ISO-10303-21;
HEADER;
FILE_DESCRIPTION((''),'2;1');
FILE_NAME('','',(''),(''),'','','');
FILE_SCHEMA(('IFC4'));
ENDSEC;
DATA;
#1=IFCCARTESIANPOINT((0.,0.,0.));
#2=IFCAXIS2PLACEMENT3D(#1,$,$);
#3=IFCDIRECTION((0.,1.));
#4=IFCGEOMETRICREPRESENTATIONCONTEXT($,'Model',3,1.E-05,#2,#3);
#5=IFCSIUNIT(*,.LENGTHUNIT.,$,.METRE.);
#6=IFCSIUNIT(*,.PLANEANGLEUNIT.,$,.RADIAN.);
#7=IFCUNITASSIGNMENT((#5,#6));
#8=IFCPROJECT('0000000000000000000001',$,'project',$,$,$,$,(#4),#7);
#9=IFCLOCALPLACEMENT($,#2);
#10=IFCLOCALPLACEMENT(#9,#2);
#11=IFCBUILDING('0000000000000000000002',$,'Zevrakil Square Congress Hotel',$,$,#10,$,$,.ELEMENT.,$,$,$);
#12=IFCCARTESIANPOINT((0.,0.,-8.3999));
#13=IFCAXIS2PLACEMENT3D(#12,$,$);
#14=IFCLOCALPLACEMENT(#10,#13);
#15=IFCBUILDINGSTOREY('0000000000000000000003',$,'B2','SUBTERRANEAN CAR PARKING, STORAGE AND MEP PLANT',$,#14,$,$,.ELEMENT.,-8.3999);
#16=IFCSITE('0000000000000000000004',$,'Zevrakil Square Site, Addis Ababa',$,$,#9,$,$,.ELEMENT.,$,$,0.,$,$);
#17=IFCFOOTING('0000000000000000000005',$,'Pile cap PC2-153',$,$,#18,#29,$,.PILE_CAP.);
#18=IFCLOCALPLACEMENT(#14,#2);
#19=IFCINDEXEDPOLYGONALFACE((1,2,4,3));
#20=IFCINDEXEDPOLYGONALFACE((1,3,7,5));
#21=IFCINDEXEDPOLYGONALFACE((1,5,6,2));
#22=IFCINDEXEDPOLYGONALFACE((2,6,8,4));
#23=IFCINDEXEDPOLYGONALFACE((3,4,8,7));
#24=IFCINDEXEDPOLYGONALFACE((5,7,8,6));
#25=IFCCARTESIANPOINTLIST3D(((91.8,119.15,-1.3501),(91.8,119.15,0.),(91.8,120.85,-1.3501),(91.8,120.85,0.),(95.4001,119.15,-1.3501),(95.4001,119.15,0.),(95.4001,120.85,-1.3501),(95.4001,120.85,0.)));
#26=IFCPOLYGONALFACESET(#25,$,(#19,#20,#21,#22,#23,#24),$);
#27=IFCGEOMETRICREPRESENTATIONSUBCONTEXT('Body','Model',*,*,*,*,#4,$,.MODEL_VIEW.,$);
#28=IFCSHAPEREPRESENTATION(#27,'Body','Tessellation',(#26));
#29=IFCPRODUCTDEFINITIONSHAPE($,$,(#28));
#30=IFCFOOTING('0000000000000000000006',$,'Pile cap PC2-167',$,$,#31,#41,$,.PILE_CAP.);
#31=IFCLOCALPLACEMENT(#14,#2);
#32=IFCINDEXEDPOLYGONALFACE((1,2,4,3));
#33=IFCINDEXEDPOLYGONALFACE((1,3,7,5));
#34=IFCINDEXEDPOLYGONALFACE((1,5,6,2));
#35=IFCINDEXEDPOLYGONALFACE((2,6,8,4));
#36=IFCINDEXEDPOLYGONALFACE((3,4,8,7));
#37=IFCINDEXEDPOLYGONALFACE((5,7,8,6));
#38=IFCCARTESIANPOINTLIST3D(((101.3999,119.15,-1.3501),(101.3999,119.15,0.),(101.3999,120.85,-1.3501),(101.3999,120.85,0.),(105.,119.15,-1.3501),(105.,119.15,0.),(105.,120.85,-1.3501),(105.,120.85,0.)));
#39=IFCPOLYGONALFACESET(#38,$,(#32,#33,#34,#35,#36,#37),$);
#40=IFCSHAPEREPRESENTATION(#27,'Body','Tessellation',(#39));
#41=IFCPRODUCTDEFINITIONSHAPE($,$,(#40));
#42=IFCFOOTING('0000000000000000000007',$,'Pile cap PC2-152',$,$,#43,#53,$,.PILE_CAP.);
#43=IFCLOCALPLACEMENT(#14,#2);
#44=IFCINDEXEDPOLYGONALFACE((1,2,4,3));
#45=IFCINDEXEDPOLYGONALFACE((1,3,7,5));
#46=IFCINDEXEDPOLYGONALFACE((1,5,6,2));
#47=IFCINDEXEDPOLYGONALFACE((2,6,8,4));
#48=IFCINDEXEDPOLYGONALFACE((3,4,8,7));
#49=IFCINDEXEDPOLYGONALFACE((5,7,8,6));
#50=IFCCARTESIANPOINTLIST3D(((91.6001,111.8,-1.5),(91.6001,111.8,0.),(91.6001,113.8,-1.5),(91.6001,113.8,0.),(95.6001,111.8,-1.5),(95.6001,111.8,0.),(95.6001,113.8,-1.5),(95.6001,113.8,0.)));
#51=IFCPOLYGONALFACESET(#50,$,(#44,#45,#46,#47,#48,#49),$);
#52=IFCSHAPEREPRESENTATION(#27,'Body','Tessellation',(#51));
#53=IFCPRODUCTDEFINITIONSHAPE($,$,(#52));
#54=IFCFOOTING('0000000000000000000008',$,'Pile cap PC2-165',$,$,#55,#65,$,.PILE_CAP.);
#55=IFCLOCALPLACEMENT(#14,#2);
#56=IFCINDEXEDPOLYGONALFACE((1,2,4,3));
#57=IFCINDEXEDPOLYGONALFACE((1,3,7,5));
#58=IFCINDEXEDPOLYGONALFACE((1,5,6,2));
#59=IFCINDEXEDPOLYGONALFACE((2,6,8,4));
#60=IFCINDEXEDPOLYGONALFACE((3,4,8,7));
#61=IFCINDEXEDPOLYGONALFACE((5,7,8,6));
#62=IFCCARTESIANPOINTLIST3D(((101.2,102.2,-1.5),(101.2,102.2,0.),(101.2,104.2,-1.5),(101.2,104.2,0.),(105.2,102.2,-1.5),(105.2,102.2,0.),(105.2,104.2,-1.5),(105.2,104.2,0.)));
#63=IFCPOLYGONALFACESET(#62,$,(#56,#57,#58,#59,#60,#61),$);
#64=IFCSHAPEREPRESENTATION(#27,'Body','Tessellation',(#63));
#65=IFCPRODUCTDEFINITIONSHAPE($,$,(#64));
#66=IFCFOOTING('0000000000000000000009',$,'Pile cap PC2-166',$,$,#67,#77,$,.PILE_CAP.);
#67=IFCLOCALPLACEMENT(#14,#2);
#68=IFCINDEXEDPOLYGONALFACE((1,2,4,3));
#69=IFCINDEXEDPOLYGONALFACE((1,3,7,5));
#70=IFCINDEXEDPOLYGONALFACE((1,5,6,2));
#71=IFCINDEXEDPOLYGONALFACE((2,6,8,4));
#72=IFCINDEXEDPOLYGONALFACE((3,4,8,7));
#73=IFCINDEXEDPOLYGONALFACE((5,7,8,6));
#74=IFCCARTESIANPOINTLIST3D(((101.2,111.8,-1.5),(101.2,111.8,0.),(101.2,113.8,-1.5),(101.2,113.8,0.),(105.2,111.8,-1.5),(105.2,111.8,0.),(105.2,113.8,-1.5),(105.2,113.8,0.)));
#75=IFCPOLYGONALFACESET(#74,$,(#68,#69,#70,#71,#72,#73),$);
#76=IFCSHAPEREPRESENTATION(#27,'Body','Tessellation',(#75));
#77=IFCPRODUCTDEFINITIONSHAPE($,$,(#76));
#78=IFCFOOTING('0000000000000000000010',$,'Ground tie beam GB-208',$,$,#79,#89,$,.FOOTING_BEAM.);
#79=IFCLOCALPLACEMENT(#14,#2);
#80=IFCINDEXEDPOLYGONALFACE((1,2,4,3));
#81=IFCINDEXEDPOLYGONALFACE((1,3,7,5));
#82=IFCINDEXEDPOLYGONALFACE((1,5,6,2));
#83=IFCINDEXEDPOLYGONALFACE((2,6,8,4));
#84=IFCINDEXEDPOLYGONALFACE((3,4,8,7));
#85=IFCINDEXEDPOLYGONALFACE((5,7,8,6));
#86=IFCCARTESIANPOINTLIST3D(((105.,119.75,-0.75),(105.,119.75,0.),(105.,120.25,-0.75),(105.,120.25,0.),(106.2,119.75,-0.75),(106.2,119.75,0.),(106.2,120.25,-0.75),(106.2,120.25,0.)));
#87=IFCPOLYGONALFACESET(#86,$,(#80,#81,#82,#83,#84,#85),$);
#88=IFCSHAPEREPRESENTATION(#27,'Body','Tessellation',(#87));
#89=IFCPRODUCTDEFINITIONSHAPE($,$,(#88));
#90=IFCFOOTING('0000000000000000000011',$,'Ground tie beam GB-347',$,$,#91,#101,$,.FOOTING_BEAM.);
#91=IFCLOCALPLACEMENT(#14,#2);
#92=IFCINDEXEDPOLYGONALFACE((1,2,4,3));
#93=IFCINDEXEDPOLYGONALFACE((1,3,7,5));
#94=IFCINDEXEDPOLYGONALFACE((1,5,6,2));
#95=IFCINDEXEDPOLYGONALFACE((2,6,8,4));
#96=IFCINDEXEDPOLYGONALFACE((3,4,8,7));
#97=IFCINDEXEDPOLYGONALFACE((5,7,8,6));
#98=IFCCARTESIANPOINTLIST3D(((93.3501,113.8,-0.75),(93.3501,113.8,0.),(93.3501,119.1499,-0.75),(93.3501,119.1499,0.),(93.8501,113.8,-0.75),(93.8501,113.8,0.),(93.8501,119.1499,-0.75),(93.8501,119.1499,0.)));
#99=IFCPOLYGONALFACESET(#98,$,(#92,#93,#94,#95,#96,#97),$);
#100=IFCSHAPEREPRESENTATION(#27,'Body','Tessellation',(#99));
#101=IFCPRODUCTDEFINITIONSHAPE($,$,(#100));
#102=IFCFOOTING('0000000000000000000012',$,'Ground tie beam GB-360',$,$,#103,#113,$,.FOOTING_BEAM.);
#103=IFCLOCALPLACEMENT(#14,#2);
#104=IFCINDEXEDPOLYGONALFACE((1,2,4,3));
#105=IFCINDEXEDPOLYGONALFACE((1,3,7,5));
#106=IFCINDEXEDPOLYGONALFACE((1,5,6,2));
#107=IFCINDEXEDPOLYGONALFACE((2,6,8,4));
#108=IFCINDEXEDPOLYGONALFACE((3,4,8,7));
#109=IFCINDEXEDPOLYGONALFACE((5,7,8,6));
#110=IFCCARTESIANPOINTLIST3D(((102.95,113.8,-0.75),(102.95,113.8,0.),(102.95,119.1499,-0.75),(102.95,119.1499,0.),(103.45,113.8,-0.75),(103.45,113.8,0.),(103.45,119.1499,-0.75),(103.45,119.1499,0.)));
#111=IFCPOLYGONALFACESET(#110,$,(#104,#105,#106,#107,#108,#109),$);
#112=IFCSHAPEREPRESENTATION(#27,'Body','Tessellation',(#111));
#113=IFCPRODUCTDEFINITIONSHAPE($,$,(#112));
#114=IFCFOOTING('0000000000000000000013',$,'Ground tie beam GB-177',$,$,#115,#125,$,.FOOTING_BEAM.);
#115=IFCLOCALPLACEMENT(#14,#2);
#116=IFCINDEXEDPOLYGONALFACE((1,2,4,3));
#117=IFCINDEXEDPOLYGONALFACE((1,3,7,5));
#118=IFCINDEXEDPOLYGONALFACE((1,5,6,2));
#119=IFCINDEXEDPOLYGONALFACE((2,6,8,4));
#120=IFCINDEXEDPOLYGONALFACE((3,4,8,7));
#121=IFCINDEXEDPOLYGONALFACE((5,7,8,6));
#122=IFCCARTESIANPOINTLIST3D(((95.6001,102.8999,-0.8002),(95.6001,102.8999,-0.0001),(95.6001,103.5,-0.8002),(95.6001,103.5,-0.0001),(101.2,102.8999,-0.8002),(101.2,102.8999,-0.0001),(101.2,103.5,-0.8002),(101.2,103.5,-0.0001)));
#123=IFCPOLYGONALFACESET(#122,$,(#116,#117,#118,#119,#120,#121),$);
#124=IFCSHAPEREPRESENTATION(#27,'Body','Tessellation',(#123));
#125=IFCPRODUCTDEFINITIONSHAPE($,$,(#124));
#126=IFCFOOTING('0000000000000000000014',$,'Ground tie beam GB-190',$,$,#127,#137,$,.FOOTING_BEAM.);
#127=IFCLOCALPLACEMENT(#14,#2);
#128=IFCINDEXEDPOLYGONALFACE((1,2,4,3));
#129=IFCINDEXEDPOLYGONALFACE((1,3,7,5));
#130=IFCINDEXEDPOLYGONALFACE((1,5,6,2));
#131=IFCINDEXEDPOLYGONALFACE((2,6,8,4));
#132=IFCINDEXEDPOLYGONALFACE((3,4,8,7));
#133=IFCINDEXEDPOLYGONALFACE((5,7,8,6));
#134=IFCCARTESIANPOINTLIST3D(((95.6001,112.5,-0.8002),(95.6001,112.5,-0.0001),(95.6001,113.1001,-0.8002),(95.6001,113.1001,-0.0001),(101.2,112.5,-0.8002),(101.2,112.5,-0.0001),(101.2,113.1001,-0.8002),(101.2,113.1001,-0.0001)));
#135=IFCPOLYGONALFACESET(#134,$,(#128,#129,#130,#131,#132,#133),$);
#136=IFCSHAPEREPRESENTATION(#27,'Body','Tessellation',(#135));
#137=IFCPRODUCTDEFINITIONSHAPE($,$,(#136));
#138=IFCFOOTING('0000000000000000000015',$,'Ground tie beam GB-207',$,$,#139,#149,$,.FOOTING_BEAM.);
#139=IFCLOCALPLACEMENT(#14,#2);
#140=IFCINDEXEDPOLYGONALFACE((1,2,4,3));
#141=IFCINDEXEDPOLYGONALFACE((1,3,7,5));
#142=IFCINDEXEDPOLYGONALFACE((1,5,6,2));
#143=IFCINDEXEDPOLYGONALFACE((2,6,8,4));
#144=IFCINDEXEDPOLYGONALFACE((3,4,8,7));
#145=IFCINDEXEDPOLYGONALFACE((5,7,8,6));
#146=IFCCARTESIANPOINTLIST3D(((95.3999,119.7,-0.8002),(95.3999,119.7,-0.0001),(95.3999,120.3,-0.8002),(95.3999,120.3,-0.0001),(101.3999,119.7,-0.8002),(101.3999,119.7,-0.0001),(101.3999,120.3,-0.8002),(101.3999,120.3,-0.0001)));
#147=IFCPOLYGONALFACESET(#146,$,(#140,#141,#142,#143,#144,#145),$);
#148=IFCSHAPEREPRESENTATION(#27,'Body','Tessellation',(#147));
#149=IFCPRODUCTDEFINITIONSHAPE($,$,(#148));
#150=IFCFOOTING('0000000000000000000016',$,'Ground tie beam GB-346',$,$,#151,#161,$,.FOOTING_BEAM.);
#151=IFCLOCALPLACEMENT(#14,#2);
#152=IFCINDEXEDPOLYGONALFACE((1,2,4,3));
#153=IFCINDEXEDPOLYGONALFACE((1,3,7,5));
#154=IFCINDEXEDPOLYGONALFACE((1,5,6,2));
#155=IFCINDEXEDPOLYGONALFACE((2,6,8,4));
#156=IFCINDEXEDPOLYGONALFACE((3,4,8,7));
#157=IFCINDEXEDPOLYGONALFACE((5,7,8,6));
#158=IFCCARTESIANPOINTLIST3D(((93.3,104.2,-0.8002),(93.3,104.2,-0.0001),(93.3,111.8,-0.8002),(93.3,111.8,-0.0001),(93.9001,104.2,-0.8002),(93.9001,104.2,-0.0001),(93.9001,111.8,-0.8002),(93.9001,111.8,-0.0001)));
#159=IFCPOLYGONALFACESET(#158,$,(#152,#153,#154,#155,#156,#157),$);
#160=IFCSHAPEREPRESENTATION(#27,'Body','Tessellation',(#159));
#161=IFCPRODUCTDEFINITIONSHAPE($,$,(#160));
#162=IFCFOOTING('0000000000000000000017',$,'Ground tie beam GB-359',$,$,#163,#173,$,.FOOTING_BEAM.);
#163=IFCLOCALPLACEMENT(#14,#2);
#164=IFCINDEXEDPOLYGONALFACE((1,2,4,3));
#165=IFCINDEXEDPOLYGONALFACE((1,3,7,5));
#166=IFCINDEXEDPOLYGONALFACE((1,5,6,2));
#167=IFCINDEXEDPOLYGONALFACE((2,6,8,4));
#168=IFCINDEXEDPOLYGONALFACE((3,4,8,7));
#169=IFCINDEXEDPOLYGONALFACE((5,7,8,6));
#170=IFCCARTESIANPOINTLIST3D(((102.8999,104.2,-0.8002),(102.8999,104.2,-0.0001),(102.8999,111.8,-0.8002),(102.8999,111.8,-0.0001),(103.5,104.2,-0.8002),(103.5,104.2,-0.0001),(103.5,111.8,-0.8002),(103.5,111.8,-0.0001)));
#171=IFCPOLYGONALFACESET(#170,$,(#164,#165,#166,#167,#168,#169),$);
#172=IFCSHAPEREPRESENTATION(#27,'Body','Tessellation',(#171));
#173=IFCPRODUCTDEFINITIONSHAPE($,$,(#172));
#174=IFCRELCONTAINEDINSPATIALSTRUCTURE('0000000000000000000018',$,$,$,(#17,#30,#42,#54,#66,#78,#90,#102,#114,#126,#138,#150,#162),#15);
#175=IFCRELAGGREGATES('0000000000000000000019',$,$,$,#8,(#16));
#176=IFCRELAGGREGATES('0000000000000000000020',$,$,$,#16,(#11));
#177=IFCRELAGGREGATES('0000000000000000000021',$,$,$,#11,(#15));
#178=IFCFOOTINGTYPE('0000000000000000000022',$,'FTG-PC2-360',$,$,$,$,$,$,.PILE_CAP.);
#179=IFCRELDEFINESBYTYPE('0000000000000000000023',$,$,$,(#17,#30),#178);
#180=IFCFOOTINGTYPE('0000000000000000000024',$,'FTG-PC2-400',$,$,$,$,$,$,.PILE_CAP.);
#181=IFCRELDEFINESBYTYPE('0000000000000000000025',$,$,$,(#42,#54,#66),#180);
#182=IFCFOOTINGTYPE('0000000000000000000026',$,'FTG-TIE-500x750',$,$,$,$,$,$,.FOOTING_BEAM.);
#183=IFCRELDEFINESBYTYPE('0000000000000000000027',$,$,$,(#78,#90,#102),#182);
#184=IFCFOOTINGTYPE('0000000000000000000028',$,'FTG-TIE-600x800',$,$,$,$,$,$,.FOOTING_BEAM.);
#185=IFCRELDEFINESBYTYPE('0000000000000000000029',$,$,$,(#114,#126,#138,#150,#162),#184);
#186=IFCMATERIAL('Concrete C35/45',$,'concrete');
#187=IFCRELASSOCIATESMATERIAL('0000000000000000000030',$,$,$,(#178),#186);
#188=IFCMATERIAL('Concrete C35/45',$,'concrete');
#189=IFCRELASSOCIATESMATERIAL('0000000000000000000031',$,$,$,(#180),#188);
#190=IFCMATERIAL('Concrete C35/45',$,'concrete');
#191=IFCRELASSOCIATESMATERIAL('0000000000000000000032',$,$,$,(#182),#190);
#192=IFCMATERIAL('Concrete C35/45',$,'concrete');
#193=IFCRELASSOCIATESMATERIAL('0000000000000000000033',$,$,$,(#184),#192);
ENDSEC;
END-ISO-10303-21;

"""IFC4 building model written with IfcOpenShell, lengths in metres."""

from ifc_helpers import new_model, si_unit, direction, frame, origin, origin_2d, place, context, subcontext, project, spatial, rectangle, extrude, material, material_profile, profile_set, type_object, element, save


model = new_model("IFC4")

# Units and contexts
model_context = context("Model", 3, precision=1e-05, world=origin(), true_north=direction((0.0, 1.0)))
body_context = subcontext(model_context, "Body", "Model", "MODEL_VIEW")
ifc_project = project(units=[si_unit("LENGTHUNIT", "METRE"), si_unit("PLANEANGLEUNIT", "RADIAN")], contexts=[model_context])

# Site, building, storey
site_placement = place(None, origin())
site = spatial("IfcSite", under=ifc_project, at=site_placement, Name="Zevrakil Square Site, Addis Ababa", CompositionType="ELEMENT", RefElevation=0.0)
building_placement = place(site_placement, origin())
building = spatial("IfcBuilding", under=site, at=building_placement, Name="Zevrakil Square Congress Hotel", CompositionType="ELEMENT")
storey_placement = place(building_placement, frame((0.0, 0.0, -8.3999)))
storey = spatial("IfcBuildingStorey", under=building, at=storey_placement, Name="B2", Description="SUBTERRANEAN CAR PARKING, STORAGE AND MEP PLANT", CompositionType="ELEMENT", Elevation=-8.3999)

# Footings
ifc_material_1 = material(Name="Concrete C35/45", Category="concrete")
footing_type_1 = type_object("IfcFootingType", Name="FTG-PC2-360", PredefinedType="PILE_CAP", material=ifc_material_1)
for number, where, z_axis, x_axis, name in (
    (1, (93.6001, 120.0, -1.3501), (0.0, 0.0, 1.0), (1.0, 0.0, 0.0), "Pile cap PC2-153"),
    (2, (103.2, 120.0, -1.3501), (0.0, 0.0, 1.0), (1.0, 0.0, 0.0), "Pile cap PC2-167"),
):
    element("IfcFooting", number, at=place(storey_placement, frame(where, z_axis=z_axis, x_axis=x_axis)), inside=storey, type_object=footing_type_1, Name=name, PredefinedType="PILE_CAP", context=body_context, shape_type="SweptSolid", body=[
        extrude(rectangle(XDim=3.6001, YDim=1.7, at=origin_2d()), origin(), (0.0, 0.0, 1.0), 1.3501),
    ])
ifc_material_2 = material(Name="Concrete C35/45", Category="concrete")
footing_type_2 = type_object("IfcFootingType", Name="FTG-PC2-400", PredefinedType="PILE_CAP", material=ifc_material_2)
for number, where, z_axis, x_axis, name in (
    (3, (93.6001, 112.8, -1.5), (0.0, 0.0, 1.0), (1.0, 0.0, 0.0), "Pile cap PC2-152"),
    (4, (103.2, 103.2, -1.5), (0.0, 0.0, 1.0), (1.0, 0.0, 0.0), "Pile cap PC2-165"),
    (5, (103.2, 112.8, -1.5), (0.0, 0.0, 1.0), (1.0, 0.0, 0.0), "Pile cap PC2-166"),
):
    element("IfcFooting", number, at=place(storey_placement, frame(where, z_axis=z_axis, x_axis=x_axis)), inside=storey, type_object=footing_type_2, Name=name, PredefinedType="PILE_CAP", context=body_context, shape_type="SweptSolid", body=[
        extrude(rectangle(XDim=4.0, YDim=2.0, at=origin_2d()), origin(), (0.0, 0.0, 1.0), 1.5),
    ])
ifc_material_3 = material(Name="Concrete C35/45", Category="concrete")
ifc_material_profile_1 = material_profile(ifc_material_3, rectangle(XDim=0.5, YDim=0.75, at=origin_2d()), Name="RC 500x750")
ifc_profile_set_1 = profile_set([ifc_material_profile_1], Name="Concrete C35/45")
footing_type_3 = type_object("IfcFootingType", Name="FTG-TIE-500x750", PredefinedType="FOOTING_BEAM", material=ifc_profile_set_1)
footing_1_placement = place(storey_placement, frame((105.0, 120.0, -0.375), z_axis=(1.0, 0.0, 0.0), x_axis=(0.0, 1.0, 0.0)))
element("IfcFooting", 6, at=footing_1_placement, inside=storey, type_object=footing_type_3, Name="Ground tie beam GB-208", PredefinedType="FOOTING_BEAM", context=body_context, shape_type="SweptSolid", body=[
    extrude(rectangle(XDim=0.5, YDim=0.75, at=origin_2d()), origin(), (0.0, 0.0, 1.0), 1.2),
])
for number, where, z_axis, x_axis, name in (
    (7, (93.6001, 113.8, -0.375), (0.0, 1.0, 0.0), (-1.0, 0.0, 0.0), "Ground tie beam GB-347"),
    (8, (103.2, 113.8, -0.375), (0.0, 1.0, 0.0), (-1.0, 0.0, 0.0), "Ground tie beam GB-360"),
):
    element("IfcFooting", number, at=place(storey_placement, frame(where, z_axis=z_axis, x_axis=x_axis)), inside=storey, type_object=footing_type_3, Name=name, PredefinedType="FOOTING_BEAM", context=body_context, shape_type="SweptSolid", body=[
        extrude(rectangle(XDim=0.5, YDim=0.75, at=origin_2d()), origin(), (0.0, 0.0, 1.0), 5.3499),
    ])
ifc_material_4 = material(Name="Concrete C35/45", Category="concrete")
ifc_material_profile_2 = material_profile(ifc_material_4, rectangle(XDim=0.6001, YDim=0.8, at=origin_2d()), Name="RC 600x800")
ifc_profile_set_2 = profile_set([ifc_material_profile_2], Name="Concrete C35/45")
footing_type_4 = type_object("IfcFootingType", Name="FTG-TIE-600x800", PredefinedType="FOOTING_BEAM", material=ifc_profile_set_2)
for number, where, z_axis, x_axis, name in (
    (9, (95.6001, 103.2, -0.4001), (1.0, 0.0, 0.0), (0.0, 1.0, 0.0), "Ground tie beam GB-177"),
    (10, (95.6001, 112.8, -0.4001), (1.0, 0.0, 0.0), (0.0, 1.0, 0.0), "Ground tie beam GB-190"),
):
    element("IfcFooting", number, at=place(storey_placement, frame(where, z_axis=z_axis, x_axis=x_axis)), inside=storey, type_object=footing_type_4, Name=name, PredefinedType="FOOTING_BEAM", context=body_context, shape_type="SweptSolid", body=[
        extrude(rectangle(XDim=0.6001, YDim=0.8, at=origin_2d()), origin(), (0.0, 0.0, 1.0), 5.5999),
    ])
footing_2_placement = place(storey_placement, frame((95.3999, 120.0, -0.4001), z_axis=(1.0, 0.0, 0.0), x_axis=(0.0, 1.0, 0.0)))
element("IfcFooting", 11, at=footing_2_placement, inside=storey, type_object=footing_type_4, Name="Ground tie beam GB-207", PredefinedType="FOOTING_BEAM", context=body_context, shape_type="SweptSolid", body=[
    extrude(rectangle(XDim=0.6001, YDim=0.8, at=origin_2d()), origin(), (0.0, 0.0, 1.0), 6.0),
])
for number, where, z_axis, x_axis, name in (
    (12, (93.6001, 104.2, -0.4001), (0.0, 1.0, 0.0), (-1.0, 0.0, 0.0), "Ground tie beam GB-346"),
    (13, (103.2, 104.2, -0.4001), (0.0, 1.0, 0.0), (-1.0, 0.0, 0.0), "Ground tie beam GB-359"),
):
    element("IfcFooting", number, at=place(storey_placement, frame(where, z_axis=z_axis, x_axis=x_axis)), inside=storey, type_object=footing_type_4, Name=name, PredefinedType="FOOTING_BEAM", context=body_context, shape_type="SweptSolid", body=[
        extrude(rectangle(XDim=0.6001, YDim=0.8, at=origin_2d()), origin(), (0.0, 0.0, 1.0), 7.6001),
    ])

save(model, "model.ifc")
